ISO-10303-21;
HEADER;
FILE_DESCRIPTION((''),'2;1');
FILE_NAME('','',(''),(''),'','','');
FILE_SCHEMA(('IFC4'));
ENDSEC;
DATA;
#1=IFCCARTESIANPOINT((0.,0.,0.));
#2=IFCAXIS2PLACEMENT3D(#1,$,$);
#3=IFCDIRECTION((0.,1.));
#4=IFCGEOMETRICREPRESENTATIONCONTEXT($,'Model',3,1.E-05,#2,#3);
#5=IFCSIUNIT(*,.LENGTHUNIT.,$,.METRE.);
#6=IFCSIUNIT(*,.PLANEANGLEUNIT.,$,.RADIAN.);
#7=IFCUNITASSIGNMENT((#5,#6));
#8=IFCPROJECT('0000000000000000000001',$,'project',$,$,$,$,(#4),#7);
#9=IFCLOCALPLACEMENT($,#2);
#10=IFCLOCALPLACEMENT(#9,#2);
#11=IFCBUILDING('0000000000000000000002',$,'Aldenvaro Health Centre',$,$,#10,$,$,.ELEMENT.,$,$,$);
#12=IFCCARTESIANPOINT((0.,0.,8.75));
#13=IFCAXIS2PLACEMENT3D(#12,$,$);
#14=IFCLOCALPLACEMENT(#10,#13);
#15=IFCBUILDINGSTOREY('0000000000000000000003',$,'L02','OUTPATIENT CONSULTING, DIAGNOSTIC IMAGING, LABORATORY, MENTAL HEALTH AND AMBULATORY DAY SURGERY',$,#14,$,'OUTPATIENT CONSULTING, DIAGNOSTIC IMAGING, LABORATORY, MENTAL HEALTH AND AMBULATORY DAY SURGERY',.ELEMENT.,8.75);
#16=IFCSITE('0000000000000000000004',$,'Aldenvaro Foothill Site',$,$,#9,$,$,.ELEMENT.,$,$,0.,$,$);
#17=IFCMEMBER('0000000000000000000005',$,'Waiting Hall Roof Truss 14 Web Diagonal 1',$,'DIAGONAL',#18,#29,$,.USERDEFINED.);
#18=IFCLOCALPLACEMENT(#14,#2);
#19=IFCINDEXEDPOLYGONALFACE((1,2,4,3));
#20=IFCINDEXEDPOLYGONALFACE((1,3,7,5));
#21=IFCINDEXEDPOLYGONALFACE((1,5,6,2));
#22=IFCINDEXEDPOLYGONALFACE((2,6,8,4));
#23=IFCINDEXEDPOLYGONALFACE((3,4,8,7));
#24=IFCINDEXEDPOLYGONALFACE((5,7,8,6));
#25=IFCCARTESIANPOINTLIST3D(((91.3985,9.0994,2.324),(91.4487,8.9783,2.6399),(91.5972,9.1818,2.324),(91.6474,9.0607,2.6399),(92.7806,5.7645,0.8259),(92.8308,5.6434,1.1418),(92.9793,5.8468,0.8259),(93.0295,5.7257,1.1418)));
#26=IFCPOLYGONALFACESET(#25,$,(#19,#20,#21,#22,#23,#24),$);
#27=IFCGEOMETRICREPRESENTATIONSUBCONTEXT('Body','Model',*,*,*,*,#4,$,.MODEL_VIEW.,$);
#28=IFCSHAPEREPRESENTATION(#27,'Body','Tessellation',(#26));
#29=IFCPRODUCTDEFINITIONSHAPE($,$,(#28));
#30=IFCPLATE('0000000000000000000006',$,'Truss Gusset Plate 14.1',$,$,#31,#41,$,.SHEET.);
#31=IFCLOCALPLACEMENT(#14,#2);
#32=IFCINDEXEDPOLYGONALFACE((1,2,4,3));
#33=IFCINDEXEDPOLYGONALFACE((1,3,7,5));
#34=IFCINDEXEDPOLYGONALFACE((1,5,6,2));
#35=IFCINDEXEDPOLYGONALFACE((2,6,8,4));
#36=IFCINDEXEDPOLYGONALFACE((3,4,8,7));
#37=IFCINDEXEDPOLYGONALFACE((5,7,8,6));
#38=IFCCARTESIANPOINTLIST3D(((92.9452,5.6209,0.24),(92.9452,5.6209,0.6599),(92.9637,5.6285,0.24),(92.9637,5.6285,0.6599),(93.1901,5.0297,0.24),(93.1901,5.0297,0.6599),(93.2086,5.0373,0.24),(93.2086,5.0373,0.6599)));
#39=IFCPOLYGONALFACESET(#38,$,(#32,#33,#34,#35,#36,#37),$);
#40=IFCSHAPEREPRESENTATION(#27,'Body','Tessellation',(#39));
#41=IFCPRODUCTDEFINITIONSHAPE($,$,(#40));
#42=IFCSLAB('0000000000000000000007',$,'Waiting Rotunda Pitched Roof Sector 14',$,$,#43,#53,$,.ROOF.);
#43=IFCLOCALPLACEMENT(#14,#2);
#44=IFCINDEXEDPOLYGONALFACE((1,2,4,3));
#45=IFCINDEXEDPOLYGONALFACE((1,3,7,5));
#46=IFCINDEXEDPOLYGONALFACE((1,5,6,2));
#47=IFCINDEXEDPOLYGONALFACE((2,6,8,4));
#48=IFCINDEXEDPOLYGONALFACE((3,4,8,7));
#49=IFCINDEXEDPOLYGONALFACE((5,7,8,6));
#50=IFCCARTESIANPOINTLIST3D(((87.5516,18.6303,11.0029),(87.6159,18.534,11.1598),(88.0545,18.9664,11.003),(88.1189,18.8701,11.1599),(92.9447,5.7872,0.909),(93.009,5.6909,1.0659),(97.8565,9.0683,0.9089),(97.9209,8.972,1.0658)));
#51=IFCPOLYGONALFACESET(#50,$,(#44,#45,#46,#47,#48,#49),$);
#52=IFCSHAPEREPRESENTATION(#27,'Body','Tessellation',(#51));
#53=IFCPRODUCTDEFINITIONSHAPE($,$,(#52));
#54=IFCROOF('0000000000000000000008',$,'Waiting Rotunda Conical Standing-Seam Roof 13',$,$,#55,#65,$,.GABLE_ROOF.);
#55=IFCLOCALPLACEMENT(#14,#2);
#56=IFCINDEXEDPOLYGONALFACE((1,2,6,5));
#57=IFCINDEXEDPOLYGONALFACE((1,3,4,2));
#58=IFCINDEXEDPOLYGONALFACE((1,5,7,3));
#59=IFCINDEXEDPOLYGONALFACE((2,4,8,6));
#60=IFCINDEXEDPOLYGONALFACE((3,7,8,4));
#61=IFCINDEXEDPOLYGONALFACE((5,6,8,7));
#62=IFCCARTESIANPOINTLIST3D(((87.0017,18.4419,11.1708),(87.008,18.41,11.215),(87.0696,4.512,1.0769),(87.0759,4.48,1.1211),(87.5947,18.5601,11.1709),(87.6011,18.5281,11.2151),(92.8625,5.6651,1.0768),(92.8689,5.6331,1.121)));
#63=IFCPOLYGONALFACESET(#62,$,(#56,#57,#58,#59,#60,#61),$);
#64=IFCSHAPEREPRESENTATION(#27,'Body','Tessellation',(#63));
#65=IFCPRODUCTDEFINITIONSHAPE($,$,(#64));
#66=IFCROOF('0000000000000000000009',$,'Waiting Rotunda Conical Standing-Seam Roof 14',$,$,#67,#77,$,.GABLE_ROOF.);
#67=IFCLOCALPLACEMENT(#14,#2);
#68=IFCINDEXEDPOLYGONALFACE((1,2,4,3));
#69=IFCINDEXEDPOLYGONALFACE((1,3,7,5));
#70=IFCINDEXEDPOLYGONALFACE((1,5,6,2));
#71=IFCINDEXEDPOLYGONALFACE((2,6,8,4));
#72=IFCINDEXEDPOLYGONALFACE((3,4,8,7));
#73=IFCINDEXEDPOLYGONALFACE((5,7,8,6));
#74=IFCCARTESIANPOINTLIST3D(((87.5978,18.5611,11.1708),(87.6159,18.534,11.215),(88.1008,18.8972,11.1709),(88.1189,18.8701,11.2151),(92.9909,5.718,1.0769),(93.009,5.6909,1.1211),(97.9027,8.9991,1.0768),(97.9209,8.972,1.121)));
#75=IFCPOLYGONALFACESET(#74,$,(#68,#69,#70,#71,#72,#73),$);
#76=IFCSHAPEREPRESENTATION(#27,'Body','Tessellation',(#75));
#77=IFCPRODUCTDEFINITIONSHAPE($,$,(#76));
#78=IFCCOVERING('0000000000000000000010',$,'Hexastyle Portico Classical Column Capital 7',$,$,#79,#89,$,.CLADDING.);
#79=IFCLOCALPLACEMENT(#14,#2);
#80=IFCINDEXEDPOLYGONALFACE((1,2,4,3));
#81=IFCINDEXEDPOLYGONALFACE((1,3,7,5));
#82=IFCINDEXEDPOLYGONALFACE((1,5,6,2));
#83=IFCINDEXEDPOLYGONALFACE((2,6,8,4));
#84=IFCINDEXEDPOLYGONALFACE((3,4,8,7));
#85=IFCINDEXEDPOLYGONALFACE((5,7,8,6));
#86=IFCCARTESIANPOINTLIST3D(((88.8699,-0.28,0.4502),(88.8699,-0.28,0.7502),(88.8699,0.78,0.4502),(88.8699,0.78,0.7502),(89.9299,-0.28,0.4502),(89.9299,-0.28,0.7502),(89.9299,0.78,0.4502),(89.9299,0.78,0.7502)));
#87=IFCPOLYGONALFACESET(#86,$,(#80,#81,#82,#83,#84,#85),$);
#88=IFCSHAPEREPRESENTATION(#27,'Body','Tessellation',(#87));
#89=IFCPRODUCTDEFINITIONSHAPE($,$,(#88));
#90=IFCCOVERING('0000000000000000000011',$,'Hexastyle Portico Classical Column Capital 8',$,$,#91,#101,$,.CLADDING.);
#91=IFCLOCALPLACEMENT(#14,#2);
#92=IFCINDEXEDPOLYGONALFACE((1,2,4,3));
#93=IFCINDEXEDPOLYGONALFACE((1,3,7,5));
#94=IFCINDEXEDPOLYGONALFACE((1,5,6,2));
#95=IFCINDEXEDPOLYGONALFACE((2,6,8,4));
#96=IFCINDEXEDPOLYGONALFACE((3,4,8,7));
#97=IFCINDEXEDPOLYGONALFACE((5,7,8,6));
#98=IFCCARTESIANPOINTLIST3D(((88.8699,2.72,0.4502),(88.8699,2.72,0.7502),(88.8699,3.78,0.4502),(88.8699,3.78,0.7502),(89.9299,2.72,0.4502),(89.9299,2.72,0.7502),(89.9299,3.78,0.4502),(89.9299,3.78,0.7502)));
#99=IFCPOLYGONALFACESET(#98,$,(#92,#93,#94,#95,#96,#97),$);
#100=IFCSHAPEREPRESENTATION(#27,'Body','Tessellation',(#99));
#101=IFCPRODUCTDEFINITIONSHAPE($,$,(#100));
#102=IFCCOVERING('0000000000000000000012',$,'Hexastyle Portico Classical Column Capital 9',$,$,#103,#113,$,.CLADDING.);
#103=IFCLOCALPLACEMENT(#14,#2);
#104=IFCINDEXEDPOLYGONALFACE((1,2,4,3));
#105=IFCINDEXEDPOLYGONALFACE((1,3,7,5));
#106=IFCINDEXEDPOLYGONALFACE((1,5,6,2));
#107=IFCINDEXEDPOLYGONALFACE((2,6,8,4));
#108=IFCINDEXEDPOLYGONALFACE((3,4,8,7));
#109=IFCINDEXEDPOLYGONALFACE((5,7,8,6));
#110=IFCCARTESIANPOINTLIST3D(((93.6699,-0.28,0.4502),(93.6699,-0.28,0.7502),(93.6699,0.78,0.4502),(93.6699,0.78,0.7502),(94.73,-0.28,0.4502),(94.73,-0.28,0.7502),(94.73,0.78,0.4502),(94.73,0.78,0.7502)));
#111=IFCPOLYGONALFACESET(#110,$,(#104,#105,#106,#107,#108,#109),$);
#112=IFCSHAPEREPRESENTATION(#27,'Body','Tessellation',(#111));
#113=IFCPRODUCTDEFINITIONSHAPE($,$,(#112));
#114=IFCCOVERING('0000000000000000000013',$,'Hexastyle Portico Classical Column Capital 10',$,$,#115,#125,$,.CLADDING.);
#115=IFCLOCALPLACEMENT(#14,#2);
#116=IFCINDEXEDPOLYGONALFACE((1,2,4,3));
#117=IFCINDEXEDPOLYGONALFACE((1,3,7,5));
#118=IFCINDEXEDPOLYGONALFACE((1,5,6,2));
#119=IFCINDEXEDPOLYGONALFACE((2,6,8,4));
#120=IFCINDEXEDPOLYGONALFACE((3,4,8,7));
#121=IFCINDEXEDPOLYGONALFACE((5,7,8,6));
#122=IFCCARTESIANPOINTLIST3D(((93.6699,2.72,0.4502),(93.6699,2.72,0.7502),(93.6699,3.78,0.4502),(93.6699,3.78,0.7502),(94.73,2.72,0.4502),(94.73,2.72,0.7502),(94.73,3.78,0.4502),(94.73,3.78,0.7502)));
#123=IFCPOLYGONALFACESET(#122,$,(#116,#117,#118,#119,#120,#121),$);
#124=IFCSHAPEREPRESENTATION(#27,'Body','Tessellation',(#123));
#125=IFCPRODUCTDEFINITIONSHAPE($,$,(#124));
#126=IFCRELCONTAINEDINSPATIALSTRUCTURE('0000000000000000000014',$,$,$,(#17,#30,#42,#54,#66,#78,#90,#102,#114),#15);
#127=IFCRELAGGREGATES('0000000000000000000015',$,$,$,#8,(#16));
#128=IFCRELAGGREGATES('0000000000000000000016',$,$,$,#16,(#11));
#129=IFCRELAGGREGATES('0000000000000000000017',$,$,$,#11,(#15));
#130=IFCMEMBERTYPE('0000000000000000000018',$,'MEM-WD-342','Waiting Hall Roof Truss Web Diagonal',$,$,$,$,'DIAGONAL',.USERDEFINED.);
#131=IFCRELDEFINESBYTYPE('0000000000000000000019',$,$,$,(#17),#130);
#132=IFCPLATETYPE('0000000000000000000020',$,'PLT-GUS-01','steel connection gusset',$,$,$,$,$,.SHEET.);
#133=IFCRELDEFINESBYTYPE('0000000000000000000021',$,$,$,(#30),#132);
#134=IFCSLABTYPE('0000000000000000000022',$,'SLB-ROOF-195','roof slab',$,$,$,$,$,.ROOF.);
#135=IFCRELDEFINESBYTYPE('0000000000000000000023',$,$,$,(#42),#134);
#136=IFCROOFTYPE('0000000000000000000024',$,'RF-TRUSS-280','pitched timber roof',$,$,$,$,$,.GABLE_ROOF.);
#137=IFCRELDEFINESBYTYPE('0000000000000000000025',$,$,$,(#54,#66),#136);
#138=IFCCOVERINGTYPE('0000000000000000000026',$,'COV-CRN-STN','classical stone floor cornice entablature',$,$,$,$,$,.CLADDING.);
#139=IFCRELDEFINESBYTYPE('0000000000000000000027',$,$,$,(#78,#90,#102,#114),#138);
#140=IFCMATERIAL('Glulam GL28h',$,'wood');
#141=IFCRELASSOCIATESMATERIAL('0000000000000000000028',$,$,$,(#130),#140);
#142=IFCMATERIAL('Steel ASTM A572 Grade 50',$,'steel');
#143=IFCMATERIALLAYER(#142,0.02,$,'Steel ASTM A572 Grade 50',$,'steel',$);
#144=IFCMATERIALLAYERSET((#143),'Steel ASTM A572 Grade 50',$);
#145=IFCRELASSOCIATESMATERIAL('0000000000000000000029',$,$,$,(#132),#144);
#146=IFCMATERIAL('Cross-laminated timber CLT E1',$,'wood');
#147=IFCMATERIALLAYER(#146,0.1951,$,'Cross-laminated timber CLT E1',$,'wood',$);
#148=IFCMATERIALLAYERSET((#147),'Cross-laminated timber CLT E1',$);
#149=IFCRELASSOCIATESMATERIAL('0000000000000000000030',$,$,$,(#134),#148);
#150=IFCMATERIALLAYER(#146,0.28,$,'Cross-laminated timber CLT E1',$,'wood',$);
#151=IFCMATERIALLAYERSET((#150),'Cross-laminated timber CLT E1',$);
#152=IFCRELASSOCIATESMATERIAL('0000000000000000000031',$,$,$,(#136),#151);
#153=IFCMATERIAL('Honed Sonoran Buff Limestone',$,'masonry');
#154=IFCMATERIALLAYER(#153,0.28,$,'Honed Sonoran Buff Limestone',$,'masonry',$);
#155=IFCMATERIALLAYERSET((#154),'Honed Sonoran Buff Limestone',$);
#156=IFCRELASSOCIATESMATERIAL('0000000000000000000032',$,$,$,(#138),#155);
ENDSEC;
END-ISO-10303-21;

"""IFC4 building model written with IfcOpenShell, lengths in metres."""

from ifc_helpers import new_model, si_unit, direction, frame, origin, origin_2d, place, context, subcontext, project, spatial, polyline, rectangle, outline, extrude, material, layer, layer_set, material_profile, profile_set, type_object, element, save


model = new_model("IFC4")

# Units and contexts
model_context = context("Model", 3, precision=1e-05, world=origin(), true_north=direction((0.0, 1.0)))
body_context = subcontext(model_context, "Body", "Model", "MODEL_VIEW")
ifc_project = project(units=[si_unit("LENGTHUNIT", "METRE"), si_unit("PLANEANGLEUNIT", "RADIAN")], contexts=[model_context])

# Site, building, storey
site_placement = place(None, origin())
site = spatial("IfcSite", under=ifc_project, at=site_placement, Name="Aldenvaro Foothill Site", CompositionType="ELEMENT", RefElevation=0.0)
building_placement = place(site_placement, origin())
building = spatial("IfcBuilding", under=site, at=building_placement, Name="Aldenvaro Health Centre", CompositionType="ELEMENT")
storey_placement = place(building_placement, frame((0.0, 0.0, 8.75)))
storey = spatial("IfcBuildingStorey", under=building, at=storey_placement, Name="L02", Description="OUTPATIENT CONSULTING, DIAGNOSTIC IMAGING, LABORATORY, MENTAL HEALTH AND AMBULATORY DAY SURGERY", LongName="OUTPATIENT CONSULTING, DIAGNOSTIC IMAGING, LABORATORY, MENTAL HEALTH AND AMBULATORY DAY SURGERY", CompositionType="ELEMENT", Elevation=8.75)

# Shared definitions
ifc_material_1 = material(Name="Glulam GL28h", Category="wood")

# Member
ifc_material_profile_1 = material_profile(ifc_material_1, rectangle(XDim=0.2151, YDim=0.342, at=origin_2d()), Name="GL 215x342", Category="wood")
ifc_profile_set_1 = profile_set([ifc_material_profile_1], Name="Glulam GL28h")
member_type_1 = type_object("IfcMemberType", Name="MEM-WD-342", Description="Waiting Hall Roof Truss Web Diagonal", ElementType="DIAGONAL", PredefinedType="USERDEFINED", material=ifc_profile_set_1)
member_1_placement = place(storey_placement, frame((92.905, 5.7451, 0.9839), z_axis=(-0.35361, 0.853262, 0.383281), x_axis=(-0.923812, -0.382848, 0.0)))
element("IfcMember", 1, at=member_1_placement, inside=storey, type_object=member_type_1, Name="Waiting Hall Roof Truss 14 Web Diagonal 1", ObjectType="DIAGONAL", PredefinedType="USERDEFINED", context=body_context, shape_type="SweptSolid", body=[
    extrude(rectangle(XDim=0.2151, YDim=0.342, at=origin_2d()), origin(), (0.0, 0.0, 1.0), 3.9084),
])

# Plate
ifc_material_2 = material(Name="Steel ASTM A572 Grade 50", Category="steel")
ifc_layer_1 = layer(ifc_material_2, 0.02, Name="Steel ASTM A572 Grade 50", Category="steel")
ifc_layer_set_1 = layer_set([ifc_layer_1], Name="Steel ASTM A572 Grade 50")
plate_type = type_object("IfcPlateType", Name="PLT-GUS-01", Description="steel connection gusset", PredefinedType="SHEET", material=ifc_layer_set_1)
plate_placement = place(storey_placement, frame((93.0769, 5.3291, 0.24), z_axis=(0.0, 0.0, 1.0), x_axis=(0.382683, -0.92388, 0.0)))
element("IfcPlate", 2, at=plate_placement, inside=storey, type_object=plate_type, Name="Truss Gusset Plate 14.1", PredefinedType="SHEET", context=body_context, shape_type="SweptSolid", body=[
    extrude(rectangle(XDim=0.6399, YDim=0.02, at=origin_2d()), origin(), (0.0, 0.0, 1.0), 0.4199),
])

# Slab
ifc_material_3 = material(Name="Cross-laminated timber CLT E1", Category="wood")
ifc_layer_2 = layer(ifc_material_3, 0.1951, Name="Cross-laminated timber CLT E1", Category="wood")
ifc_layer_set_2 = layer_set([ifc_layer_2], Name="Cross-laminated timber CLT E1")
slab_type = type_object("IfcSlabType", Name="SLB-ROOF-195", Description="roof slab", PredefinedType="ROOF", material=ifc_layer_set_2)
slab_placement = place(storey_placement, frame((93.009, 5.6909, 1.0659), z_axis=(0.329879, -0.493817, 0.804565), x_axis=(0.831542, 0.555462, -0.000014)))
element("IfcSlab", 3, at=slab_placement, inside=storey, type_object=slab_type, Name="Waiting Rotunda Pitched Roof Sector 14", PredefinedType="ROOF", context=body_context, shape_type="SweptSolid", body=[
    extrude(outline(polyline([(0.0, 0.0), (5.9069, 0.0), (3.2541, 16.9972), (2.6491, 16.997), (0.0, 0.0)])), origin(), (0.0, 0.0, -1.0), 0.1951),
])

# Roofs
ifc_layer_3 = layer(ifc_material_3, 0.28, Name="Cross-laminated timber CLT E1", Category="wood")
ifc_layer_set_3 = layer_set([ifc_layer_3], Name="Cross-laminated timber CLT E1")
roof_type = type_object("IfcRoofType", Name="RF-TRUSS-280", Description="pitched timber roof", PredefinedType="GABLE_ROOF", material=ifc_layer_set_3)
roof_1_placement = place(storey_placement, frame((87.0759, 4.48, 1.1211), z_axis=(0.115944, -0.582438, 0.804564), x_axis=(0.980759, 0.195224, -0.000009)))
element("IfcRoof", 4, at=roof_1_placement, inside=storey, type_object=roof_type, Name="Waiting Rotunda Conical Standing-Seam Roof 13", PredefinedType="GABLE_ROOF", context=body_context, shape_type="SweptSolid", body=[
    extrude(outline(polyline([(0.0, 0.0), (5.9066, 0.0), (3.2575, 16.9971), (2.6528, 16.997), (0.0, 0.0)])), origin(), (0.0, 0.0, -1.0), 0.0549),
])
roof_2_placement = place(storey_placement, frame((93.009, 5.6909, 1.1211), z_axis=(0.329879, -0.493817, 0.804565), x_axis=(0.831542, 0.555462, -0.000014)))
element("IfcRoof", 5, at=roof_2_placement, inside=storey, type_object=roof_type, Name="Waiting Rotunda Conical Standing-Seam Roof 14", PredefinedType="GABLE_ROOF", context=body_context, shape_type="SweptSolid", body=[
    extrude(outline(polyline([(0.0, 0.0), (5.9069, 0.0), (3.2541, 16.9972), (2.6491, 16.997), (0.0, 0.0)])), origin(), (0.0, 0.0, -1.0), 0.0549),
])

# Coverings
ifc_material_4 = material(Name="Honed Sonoran Buff Limestone", Category="masonry")
ifc_layer_4 = layer(ifc_material_4, 0.28, Name="Honed Sonoran Buff Limestone", Category="masonry")
ifc_layer_set_4 = layer_set([ifc_layer_4], Name="Honed Sonoran Buff Limestone")
covering_type = type_object("IfcCoveringType", Name="COV-CRN-STN", Description="classical stone floor cornice entablature", PredefinedType="CLADDING", material=ifc_layer_set_4)
for number, where, z_axis, x_axis, name in (
    (6, (89.3999, 0.25, 0.4502), (0.0, 0.0, 1.0), (1.0, 0.0, 0.0), "Hexastyle Portico Classical Column Capital 7"),
    (7, (89.3999, 3.25, 0.4502), (0.0, 0.0, 1.0), (1.0, 0.0, 0.0), "Hexastyle Portico Classical Column Capital 8"),
    (8, (94.2, 0.25, 0.4502), (0.0, 0.0, 1.0), (1.0, 0.0, 0.0), "Hexastyle Portico Classical Column Capital 9"),
    (9, (94.2, 3.25, 0.4502), (0.0, 0.0, 1.0), (1.0, 0.0, 0.0), "Hexastyle Portico Classical Column Capital 10"),
):
    element("IfcCovering", number, at=place(storey_placement, frame(where, z_axis=z_axis, x_axis=x_axis)), inside=storey, type_object=covering_type, Name=name, PredefinedType="CLADDING", context=body_context, shape_type="SweptSolid", body=[
        extrude(rectangle(XDim=1.0601, YDim=1.0601, at=origin_2d()), origin(), (0.0, 0.0, 1.0), 0.3),
    ])

save(model, "model.ifc")
